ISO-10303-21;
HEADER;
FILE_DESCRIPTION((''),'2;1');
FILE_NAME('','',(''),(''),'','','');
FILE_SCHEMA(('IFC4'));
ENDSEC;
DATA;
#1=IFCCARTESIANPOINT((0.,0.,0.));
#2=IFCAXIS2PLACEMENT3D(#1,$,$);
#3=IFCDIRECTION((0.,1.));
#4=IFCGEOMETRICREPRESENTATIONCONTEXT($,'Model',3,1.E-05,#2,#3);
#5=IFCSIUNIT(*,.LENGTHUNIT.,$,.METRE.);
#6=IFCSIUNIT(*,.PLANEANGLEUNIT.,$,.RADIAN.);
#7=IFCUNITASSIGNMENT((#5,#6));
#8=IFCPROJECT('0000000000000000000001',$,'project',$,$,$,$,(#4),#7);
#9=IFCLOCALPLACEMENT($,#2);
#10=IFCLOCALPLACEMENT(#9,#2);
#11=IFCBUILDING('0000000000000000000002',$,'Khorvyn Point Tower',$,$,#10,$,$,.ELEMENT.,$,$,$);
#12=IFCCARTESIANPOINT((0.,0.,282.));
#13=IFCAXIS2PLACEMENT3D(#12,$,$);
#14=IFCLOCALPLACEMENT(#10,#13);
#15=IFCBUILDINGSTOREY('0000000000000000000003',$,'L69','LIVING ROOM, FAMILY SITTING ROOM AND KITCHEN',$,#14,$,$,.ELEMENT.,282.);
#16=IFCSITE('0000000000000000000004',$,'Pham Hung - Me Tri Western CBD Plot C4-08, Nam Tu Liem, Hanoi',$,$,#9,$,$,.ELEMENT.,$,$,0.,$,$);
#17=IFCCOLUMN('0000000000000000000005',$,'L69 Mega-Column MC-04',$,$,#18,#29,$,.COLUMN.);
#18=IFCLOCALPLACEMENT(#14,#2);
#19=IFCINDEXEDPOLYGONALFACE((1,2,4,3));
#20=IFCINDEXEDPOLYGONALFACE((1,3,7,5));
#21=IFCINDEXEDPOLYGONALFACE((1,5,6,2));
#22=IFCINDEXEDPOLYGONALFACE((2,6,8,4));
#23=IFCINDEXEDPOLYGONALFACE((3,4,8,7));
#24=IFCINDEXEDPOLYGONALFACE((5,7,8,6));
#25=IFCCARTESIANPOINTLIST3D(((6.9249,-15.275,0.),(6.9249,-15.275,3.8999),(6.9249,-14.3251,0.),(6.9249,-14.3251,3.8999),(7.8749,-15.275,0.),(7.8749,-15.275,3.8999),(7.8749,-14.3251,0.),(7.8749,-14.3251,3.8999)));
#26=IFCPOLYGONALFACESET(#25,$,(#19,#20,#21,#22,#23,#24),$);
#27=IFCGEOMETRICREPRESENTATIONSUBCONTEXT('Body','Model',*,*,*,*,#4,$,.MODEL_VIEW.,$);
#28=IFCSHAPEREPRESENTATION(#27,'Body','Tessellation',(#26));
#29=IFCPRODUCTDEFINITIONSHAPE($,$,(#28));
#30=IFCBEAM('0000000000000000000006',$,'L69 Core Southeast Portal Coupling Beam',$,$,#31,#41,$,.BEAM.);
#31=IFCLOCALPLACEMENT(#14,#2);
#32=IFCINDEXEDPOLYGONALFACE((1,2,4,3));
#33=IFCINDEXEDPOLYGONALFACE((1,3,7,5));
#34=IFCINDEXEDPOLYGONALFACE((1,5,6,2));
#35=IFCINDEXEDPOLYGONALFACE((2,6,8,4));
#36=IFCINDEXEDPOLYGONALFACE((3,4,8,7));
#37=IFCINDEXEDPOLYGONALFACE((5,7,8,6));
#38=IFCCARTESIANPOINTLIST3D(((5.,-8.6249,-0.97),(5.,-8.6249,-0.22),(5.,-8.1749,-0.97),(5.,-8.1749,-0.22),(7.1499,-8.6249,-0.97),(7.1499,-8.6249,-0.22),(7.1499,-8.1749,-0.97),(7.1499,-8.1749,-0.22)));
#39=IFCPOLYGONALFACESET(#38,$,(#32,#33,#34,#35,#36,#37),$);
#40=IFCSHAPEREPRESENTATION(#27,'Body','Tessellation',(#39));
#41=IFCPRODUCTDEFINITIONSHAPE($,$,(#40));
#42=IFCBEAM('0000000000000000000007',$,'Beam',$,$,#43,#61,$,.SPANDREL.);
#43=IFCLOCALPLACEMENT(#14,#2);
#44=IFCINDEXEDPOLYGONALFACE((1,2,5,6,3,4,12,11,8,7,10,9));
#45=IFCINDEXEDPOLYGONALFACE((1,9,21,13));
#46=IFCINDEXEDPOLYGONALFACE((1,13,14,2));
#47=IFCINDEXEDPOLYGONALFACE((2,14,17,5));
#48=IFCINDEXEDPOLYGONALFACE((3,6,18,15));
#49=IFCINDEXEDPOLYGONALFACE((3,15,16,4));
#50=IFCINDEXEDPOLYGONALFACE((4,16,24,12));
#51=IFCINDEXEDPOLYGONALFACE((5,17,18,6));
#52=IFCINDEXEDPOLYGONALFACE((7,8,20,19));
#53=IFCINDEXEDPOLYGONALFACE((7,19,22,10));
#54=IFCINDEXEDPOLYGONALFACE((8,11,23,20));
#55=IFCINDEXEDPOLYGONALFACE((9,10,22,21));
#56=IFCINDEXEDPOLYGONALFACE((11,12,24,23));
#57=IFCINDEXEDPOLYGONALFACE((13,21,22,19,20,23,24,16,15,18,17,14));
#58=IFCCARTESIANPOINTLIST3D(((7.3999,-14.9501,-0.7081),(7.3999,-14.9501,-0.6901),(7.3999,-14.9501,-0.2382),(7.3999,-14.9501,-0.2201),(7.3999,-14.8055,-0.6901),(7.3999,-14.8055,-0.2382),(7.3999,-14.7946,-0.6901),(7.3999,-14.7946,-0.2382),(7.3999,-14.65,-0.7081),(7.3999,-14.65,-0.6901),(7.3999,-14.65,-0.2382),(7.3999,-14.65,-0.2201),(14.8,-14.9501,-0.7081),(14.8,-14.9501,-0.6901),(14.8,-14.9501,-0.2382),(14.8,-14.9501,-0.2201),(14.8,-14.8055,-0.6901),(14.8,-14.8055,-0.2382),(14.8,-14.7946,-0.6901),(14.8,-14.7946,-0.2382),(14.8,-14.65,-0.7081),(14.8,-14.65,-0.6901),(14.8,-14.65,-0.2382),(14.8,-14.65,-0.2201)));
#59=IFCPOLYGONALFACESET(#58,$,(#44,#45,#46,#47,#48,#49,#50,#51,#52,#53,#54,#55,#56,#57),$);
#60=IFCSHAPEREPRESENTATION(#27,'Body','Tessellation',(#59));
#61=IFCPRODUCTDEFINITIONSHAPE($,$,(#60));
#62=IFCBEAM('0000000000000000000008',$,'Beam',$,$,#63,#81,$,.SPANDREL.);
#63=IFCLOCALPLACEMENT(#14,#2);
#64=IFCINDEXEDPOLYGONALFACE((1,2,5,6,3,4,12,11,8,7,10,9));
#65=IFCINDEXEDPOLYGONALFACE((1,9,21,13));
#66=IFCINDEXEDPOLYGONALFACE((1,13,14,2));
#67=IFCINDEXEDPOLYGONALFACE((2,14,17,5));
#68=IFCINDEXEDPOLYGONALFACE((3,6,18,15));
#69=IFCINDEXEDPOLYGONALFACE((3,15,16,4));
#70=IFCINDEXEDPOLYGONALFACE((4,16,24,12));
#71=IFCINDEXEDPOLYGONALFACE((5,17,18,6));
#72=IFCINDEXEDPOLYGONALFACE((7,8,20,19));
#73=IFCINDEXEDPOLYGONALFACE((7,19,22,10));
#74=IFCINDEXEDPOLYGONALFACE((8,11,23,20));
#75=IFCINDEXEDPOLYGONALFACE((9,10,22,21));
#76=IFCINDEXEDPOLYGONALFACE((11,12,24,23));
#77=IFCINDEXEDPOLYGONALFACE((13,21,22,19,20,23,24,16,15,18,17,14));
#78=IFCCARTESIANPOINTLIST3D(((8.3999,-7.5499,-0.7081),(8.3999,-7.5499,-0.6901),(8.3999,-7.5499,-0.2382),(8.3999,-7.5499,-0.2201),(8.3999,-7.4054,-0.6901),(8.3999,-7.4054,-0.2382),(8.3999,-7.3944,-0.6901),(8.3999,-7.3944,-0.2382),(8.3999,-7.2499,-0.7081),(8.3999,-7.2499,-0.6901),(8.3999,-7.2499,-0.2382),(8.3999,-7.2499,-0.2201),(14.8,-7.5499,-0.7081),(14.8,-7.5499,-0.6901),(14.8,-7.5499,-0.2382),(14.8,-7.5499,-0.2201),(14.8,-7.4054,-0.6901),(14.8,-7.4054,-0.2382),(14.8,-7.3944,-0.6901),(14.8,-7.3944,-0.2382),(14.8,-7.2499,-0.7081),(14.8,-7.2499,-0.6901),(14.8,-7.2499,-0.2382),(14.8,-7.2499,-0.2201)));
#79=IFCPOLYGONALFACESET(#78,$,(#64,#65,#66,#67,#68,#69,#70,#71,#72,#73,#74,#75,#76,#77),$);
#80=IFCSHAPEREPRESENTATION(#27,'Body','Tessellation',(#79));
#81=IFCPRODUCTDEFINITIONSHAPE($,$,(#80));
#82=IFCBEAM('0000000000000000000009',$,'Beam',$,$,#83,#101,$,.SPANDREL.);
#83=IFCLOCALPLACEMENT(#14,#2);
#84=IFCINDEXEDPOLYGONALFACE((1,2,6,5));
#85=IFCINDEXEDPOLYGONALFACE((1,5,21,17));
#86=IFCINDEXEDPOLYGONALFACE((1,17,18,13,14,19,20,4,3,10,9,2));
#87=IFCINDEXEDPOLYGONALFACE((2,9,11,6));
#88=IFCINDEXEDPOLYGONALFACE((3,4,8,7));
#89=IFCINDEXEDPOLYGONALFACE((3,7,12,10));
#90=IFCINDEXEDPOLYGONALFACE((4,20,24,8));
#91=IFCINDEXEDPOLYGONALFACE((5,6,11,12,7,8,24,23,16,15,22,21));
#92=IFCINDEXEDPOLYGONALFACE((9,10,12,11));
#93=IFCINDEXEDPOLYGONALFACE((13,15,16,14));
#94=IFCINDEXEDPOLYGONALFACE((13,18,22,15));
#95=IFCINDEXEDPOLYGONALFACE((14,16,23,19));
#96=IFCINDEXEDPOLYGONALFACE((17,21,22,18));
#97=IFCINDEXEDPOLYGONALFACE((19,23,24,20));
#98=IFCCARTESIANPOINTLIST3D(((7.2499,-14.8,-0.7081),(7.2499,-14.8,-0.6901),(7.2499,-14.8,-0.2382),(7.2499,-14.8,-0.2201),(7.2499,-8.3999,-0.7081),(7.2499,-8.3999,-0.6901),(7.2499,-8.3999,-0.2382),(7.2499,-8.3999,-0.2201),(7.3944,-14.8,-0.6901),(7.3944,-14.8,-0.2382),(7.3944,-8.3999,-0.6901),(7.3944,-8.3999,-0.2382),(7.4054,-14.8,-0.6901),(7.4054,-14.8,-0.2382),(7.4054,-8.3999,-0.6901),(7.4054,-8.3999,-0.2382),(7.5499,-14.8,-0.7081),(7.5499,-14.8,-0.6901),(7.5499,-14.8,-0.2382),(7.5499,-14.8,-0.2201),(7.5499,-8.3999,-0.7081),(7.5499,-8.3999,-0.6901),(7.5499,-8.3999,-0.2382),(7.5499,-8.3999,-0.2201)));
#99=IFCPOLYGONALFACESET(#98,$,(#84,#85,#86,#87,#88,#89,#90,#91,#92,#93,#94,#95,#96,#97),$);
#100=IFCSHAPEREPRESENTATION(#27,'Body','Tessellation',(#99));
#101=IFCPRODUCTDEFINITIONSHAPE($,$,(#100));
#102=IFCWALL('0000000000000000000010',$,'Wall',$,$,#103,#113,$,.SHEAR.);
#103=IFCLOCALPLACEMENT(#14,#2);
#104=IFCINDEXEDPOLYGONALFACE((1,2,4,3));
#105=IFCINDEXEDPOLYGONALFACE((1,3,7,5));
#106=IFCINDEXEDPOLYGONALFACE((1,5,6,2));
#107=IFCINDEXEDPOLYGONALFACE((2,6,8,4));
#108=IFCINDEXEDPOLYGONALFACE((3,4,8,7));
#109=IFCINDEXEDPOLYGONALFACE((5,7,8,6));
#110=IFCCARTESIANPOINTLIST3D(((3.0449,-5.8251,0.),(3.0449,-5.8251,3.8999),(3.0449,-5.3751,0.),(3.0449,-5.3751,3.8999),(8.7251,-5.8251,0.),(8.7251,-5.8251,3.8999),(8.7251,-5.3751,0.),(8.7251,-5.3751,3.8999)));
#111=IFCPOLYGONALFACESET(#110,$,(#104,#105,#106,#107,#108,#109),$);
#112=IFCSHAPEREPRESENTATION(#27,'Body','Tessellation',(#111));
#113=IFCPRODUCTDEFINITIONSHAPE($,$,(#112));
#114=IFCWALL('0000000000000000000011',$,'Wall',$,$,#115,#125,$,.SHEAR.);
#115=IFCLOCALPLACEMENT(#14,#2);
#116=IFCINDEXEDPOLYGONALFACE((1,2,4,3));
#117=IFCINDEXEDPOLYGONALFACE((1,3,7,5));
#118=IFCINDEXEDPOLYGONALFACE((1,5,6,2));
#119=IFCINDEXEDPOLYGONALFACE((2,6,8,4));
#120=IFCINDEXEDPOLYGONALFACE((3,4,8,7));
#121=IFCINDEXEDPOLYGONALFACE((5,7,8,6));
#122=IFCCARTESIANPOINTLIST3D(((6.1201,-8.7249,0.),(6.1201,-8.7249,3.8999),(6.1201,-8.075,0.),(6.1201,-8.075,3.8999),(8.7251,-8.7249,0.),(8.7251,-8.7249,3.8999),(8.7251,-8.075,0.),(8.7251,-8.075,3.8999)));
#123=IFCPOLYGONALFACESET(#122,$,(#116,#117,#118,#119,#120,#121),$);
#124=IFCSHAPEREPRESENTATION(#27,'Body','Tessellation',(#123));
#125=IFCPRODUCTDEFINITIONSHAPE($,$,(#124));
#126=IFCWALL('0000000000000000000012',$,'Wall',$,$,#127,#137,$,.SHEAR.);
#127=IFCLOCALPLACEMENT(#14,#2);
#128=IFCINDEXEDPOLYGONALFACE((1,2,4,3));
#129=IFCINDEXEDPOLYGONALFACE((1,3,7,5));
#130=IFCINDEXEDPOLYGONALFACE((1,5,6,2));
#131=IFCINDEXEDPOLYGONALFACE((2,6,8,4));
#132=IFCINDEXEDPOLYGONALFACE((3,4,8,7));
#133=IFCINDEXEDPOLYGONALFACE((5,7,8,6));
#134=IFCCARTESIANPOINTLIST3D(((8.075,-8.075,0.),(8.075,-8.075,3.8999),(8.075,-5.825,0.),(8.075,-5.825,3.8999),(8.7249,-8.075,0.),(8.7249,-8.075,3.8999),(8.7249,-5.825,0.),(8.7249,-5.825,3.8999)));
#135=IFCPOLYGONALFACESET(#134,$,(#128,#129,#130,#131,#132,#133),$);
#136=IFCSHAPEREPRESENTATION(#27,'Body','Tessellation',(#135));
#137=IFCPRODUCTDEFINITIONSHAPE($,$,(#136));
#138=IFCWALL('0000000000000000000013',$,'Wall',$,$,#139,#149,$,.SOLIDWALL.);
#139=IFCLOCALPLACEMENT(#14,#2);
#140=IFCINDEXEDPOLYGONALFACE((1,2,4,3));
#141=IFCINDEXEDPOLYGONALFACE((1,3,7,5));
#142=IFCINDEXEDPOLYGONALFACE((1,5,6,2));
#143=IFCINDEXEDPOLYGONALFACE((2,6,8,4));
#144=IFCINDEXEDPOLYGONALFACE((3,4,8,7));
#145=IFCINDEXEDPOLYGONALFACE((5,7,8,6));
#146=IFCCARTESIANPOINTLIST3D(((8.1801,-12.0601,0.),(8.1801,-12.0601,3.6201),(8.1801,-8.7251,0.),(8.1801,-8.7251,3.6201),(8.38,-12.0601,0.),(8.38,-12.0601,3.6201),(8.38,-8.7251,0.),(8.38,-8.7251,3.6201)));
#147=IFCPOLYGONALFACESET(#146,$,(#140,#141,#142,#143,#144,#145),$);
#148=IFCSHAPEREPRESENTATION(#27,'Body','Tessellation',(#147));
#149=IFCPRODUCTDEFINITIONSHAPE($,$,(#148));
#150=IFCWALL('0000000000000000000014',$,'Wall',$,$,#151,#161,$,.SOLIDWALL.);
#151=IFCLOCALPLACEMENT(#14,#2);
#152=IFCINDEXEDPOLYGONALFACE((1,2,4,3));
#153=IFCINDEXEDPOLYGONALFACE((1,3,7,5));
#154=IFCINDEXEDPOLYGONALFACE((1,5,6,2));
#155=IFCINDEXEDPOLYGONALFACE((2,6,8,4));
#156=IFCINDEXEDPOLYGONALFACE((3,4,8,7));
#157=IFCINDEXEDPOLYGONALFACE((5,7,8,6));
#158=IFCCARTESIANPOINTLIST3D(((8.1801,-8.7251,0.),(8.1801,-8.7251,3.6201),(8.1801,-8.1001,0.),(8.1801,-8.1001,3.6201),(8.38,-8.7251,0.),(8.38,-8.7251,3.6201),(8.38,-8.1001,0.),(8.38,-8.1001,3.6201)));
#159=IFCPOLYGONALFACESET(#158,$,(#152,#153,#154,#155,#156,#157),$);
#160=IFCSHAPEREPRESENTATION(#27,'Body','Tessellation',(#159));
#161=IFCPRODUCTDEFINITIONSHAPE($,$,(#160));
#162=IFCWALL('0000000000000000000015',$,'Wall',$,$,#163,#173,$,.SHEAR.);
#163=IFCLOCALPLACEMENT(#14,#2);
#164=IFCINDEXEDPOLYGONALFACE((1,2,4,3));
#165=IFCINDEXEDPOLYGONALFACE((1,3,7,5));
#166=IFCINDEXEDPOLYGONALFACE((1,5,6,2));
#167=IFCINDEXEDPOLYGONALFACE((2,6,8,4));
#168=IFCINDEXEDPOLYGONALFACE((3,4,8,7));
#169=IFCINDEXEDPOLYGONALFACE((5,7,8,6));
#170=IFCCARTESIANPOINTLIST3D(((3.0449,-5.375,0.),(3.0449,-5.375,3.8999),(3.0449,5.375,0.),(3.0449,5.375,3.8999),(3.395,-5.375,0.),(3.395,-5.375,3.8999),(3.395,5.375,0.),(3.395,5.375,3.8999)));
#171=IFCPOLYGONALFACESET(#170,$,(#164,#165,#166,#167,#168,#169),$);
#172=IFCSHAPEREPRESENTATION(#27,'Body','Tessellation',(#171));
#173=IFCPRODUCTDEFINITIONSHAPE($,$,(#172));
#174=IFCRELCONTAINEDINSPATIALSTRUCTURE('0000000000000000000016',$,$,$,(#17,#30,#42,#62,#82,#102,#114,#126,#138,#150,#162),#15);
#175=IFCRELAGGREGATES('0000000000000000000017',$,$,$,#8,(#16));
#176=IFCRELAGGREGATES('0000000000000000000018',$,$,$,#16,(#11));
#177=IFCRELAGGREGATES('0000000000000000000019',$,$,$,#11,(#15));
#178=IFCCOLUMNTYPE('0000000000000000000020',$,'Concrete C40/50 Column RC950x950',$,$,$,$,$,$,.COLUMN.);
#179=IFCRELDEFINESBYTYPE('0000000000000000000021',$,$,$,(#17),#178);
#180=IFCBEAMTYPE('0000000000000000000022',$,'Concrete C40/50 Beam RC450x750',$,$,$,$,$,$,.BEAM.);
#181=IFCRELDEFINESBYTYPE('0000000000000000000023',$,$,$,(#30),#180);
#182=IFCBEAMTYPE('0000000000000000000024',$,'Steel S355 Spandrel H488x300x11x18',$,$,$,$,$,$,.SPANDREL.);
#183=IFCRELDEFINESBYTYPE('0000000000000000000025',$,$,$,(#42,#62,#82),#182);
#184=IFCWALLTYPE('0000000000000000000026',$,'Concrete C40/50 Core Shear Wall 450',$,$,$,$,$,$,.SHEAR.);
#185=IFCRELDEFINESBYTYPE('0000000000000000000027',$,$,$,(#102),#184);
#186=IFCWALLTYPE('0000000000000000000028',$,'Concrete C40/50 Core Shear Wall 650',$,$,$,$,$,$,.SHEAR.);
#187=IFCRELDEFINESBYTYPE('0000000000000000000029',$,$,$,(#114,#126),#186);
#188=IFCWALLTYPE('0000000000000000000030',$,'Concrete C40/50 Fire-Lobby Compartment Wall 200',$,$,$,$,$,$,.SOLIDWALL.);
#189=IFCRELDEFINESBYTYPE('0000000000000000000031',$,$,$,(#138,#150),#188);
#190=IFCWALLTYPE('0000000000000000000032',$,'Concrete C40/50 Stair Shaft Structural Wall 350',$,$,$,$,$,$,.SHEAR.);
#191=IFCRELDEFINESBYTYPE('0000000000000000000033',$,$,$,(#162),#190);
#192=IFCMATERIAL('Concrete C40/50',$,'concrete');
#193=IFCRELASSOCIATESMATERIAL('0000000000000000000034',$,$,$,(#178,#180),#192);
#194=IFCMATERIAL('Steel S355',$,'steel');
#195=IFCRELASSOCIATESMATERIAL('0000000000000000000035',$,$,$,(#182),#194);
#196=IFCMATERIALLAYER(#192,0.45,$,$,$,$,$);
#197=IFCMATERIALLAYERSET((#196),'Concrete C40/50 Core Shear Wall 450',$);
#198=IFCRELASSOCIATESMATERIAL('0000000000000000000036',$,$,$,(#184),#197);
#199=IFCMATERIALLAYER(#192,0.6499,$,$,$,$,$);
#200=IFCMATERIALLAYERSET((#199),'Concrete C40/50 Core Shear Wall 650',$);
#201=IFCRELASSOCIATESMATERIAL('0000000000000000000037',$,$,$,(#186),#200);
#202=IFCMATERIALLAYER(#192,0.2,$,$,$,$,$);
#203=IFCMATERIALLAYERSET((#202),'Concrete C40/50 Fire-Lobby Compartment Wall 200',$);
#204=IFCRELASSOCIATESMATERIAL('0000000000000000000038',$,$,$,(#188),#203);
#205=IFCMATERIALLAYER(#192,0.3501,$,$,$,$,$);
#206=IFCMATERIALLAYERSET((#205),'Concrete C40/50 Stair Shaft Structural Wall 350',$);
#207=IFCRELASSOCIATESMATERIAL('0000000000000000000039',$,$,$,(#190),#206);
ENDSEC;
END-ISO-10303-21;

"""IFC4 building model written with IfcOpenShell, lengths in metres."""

from ifc_helpers import new_model, si_unit, direction, frame, frame_2d, origin, origin_2d, place, context, subcontext, project, spatial, rectangle, i_section, extrude, material, layer, layer_set, material_profile, profile_set, type_object, element, save


model = new_model("IFC4")

# Units and contexts
model_context = context("Model", 3, precision=1e-05, world=origin(), true_north=direction((0.0, 1.0)))
body_context = subcontext(model_context, "Body", "Model", "MODEL_VIEW")
ifc_project = project(units=[si_unit("LENGTHUNIT", "METRE"), si_unit("PLANEANGLEUNIT", "RADIAN")], contexts=[model_context])

# Site, building, storey
site_placement = place(None, origin())
site = spatial("IfcSite", under=ifc_project, at=site_placement, Name="Pham Hung - Me Tri Western CBD Plot C4-08, Nam Tu Liem, Hanoi", CompositionType="ELEMENT", RefElevation=0.0)
building_placement = place(site_placement, origin())
building = spatial("IfcBuilding", under=site, at=building_placement, Name="Khorvyn Point Tower", CompositionType="ELEMENT")
storey_placement = place(building_placement, frame((0.0, 0.0, 282.0)))
storey = spatial("IfcBuildingStorey", under=building, at=storey_placement, Name="L69", Description="LIVING ROOM, FAMILY SITTING ROOM AND KITCHEN", CompositionType="ELEMENT", Elevation=282.0)

# Column
ifc_material_1 = material(Name="Concrete C40/50", Category="concrete")
ifc_material_profile_1 = material_profile(ifc_material_1, rectangle(XDim=0.95, YDim=0.95, at=origin_2d()))
ifc_profile_set_1 = profile_set([ifc_material_profile_1], Name="Concrete C40/50 RC950x950")
column_type = type_object("IfcColumnType", Name="Concrete C40/50 Column RC950x950", PredefinedType="COLUMN", material=ifc_profile_set_1)
column_placement = place(storey_placement, frame((7.3999, -14.8, 0.0), z_axis=(0.0, 0.0, 1.0), x_axis=(1.0, 0.0, 0.0)))
element("IfcColumn", 1, at=column_placement, inside=storey, type_object=column_type, Name="L69 Mega-Column MC-04", PredefinedType="COLUMN", context=body_context, shape_type="SweptSolid", body=[
    extrude(rectangle(XDim=0.95, YDim=0.95, at=origin_2d()), origin(), (0.0, 0.0, 1.0), 3.8999),
])

# Beams
ifc_material_profile_2 = material_profile(ifc_material_1, rectangle(XDim=0.45, YDim=0.75, at=origin_2d()))
ifc_profile_set_2 = profile_set([ifc_material_profile_2], Name="Concrete C40/50 RC450x750")
beam_type_1 = type_object("IfcBeamType", Name="Concrete C40/50 Beam RC450x750", PredefinedType="BEAM", material=ifc_profile_set_2)
beam_1_placement = place(storey_placement, frame((5.0, -8.3999, -0.595), z_axis=(1.0, 0.0, 0.0), x_axis=(0.0, 1.0, 0.0)))
element("IfcBeam", 2, at=beam_1_placement, inside=storey, type_object=beam_type_1, Name="L69 Core Southeast Portal Coupling Beam", PredefinedType="BEAM", context=body_context, shape_type="SweptSolid", body=[
    extrude(rectangle(XDim=0.45, YDim=0.75, at=origin_2d()), origin(), (0.0, 0.0, 1.0), 2.1499),
])
ifc_material_2 = material(Name="Steel S355", Category="steel")
ifc_material_profile_3 = material_profile(ifc_material_2, i_section(OverallWidth=0.3, OverallDepth=0.488, WebThickness=0.011, FlangeThickness=0.0181, at=origin_2d()))
ifc_profile_set_3 = profile_set([ifc_material_profile_3], Name="Steel S355 H488x300x11x18")
beam_type_2 = type_object("IfcBeamType", Name="Steel S355 Spandrel H488x300x11x18", PredefinedType="SPANDREL", material=ifc_profile_set_3)
beam_2_placement = place(storey_placement, frame((7.3999, -14.8, -0.4641), z_axis=(1.0, 0.0, 0.0), x_axis=(0.0, 1.0, 0.0)))
element("IfcBeam", 3, at=beam_2_placement, inside=storey, type_object=beam_type_2, Name="Beam", PredefinedType="SPANDREL", context=body_context, shape_type="SweptSolid", body=[
    extrude(i_section(OverallWidth=0.3, OverallDepth=0.488, WebThickness=0.011, FlangeThickness=0.0181, at=origin_2d()), origin(), (0.0, 0.0, 1.0), 7.4001),
])
for number, where, z_axis, x_axis, name in (
    (4, (8.3999, -7.3999, -0.4641), (1.0, 0.0, 0.0), (0.0, 1.0, 0.0), "Beam"),
    (5, (7.3999, -14.8, -0.4641), (0.0, 1.0, 0.0), (-1.0, 0.0, 0.0), "Beam"),
):
    element("IfcBeam", number, at=place(storey_placement, frame(where, z_axis=z_axis, x_axis=x_axis)), inside=storey, type_object=beam_type_2, Name=name, PredefinedType="SPANDREL", context=body_context, shape_type="SweptSolid", body=[
        extrude(i_section(OverallWidth=0.3, OverallDepth=0.488, WebThickness=0.011, FlangeThickness=0.0181, at=origin_2d()), origin(), (0.0, 0.0, 1.0), 6.4001),
    ])

# Walls
ifc_layer_1 = layer(ifc_material_1, 0.45)
ifc_layer_set_1 = layer_set([ifc_layer_1], Name="Concrete C40/50 Core Shear Wall 450")
wall_type_1 = type_object("IfcWallType", Name="Concrete C40/50 Core Shear Wall 450", PredefinedType="SHEAR", material=ifc_layer_set_1)
wall_1_placement = place(storey_placement, frame((3.0449, -5.6001, 0.0), z_axis=(0.0, 0.0, 1.0), x_axis=(1.0, 0.0, 0.0)))
element("IfcWall", 6, at=wall_1_placement, inside=storey, type_object=wall_type_1, Name="Wall", PredefinedType="SHEAR", context=body_context, shape_type="SweptSolid", body=[
    extrude(rectangle(XDim=5.6802, YDim=0.45, at=frame_2d((2.8401, 0.0))), origin(), (0.0, 0.0, 1.0), 3.8999),
])
ifc_layer_2 = layer(ifc_material_1, 0.6499)
ifc_layer_set_2 = layer_set([ifc_layer_2], Name="Concrete C40/50 Core Shear Wall 650")
wall_type_2 = type_object("IfcWallType", Name="Concrete C40/50 Core Shear Wall 650", PredefinedType="SHEAR", material=ifc_layer_set_2)
wall_2_placement = place(storey_placement, frame((6.1201, -8.3999, 0.0), z_axis=(0.0, 0.0, 1.0), x_axis=(1.0, 0.0, 0.0)))
element("IfcWall", 7, at=wall_2_placement, inside=storey, type_object=wall_type_2, Name="Wall", PredefinedType="SHEAR", context=body_context, shape_type="SweptSolid", body=[
    extrude(rectangle(XDim=2.605, YDim=0.6499, at=frame_2d((1.3025, 0.0))), origin(), (0.0, 0.0, 1.0), 3.8999),
])
wall_3_placement = place(storey_placement, frame((8.3999, -8.075, 0.0), z_axis=(0.0, 0.0, 1.0), x_axis=(0.0, 1.0, 0.0)))
element("IfcWall", 8, at=wall_3_placement, inside=storey, type_object=wall_type_2, Name="Wall", PredefinedType="SHEAR", context=body_context, shape_type="SweptSolid", body=[
    extrude(rectangle(XDim=2.25, YDim=0.6499, at=frame_2d((1.125, 0.0))), origin(), (0.0, 0.0, 1.0), 3.8999),
])

# Shared definitions
ifc_layer_3 = layer(ifc_material_1, 0.2)
ifc_layer_set_3 = layer_set([ifc_layer_3], Name="Concrete C40/50 Fire-Lobby Compartment Wall 200")
wall_type_3 = type_object("IfcWallType", Name="Concrete C40/50 Fire-Lobby Compartment Wall 200", PredefinedType="SOLIDWALL", material=ifc_layer_set_3)

# Walls
wall_4_placement = place(storey_placement, frame((8.28, -12.0601, 0.0), z_axis=(0.0, 0.0, 1.0), x_axis=(0.0, 1.0, 0.0)))
element("IfcWall", 9, at=wall_4_placement, inside=storey, type_object=wall_type_3, Name="Wall", PredefinedType="SOLIDWALL", context=body_context, shape_type="SweptSolid", body=[
    extrude(rectangle(XDim=3.335, YDim=0.2, at=frame_2d((1.6675, 0.0))), origin(), (0.0, 0.0, 1.0), 3.6201),
])
wall_5_placement = place(storey_placement, frame((8.28, -8.7251, 0.0), z_axis=(0.0, 0.0, 1.0), x_axis=(0.0, 1.0, 0.0)))
element("IfcWall", 10, at=wall_5_placement, inside=storey, type_object=wall_type_3, Name="Wall", PredefinedType="SOLIDWALL", context=body_context, shape_type="SweptSolid", body=[
    extrude(rectangle(XDim=0.625, YDim=0.2, at=frame_2d((0.3125, 0.0))), origin(), (0.0, 0.0, 1.0), 3.6201),
])
ifc_layer_4 = layer(ifc_material_1, 0.3501)
ifc_layer_set_4 = layer_set([ifc_layer_4], Name="Concrete C40/50 Stair Shaft Structural Wall 350")
wall_type_4 = type_object("IfcWallType", Name="Concrete C40/50 Stair Shaft Structural Wall 350", PredefinedType="SHEAR", material=ifc_layer_set_4)
wall_6_placement = place(storey_placement, frame((3.22, -5.375, 0.0), z_axis=(0.0, 0.0, 1.0), x_axis=(0.0, 1.0, 0.0)))
element("IfcWall", 11, at=wall_6_placement, inside=storey, type_object=wall_type_4, Name="Wall", PredefinedType="SHEAR", context=body_context, shape_type="SweptSolid", body=[
    extrude(rectangle(XDim=10.75, YDim=0.3501, at=frame_2d((5.375, 0.0))), origin(), (0.0, 0.0, 1.0), 3.8999),
])

save(model, "model.ifc")
